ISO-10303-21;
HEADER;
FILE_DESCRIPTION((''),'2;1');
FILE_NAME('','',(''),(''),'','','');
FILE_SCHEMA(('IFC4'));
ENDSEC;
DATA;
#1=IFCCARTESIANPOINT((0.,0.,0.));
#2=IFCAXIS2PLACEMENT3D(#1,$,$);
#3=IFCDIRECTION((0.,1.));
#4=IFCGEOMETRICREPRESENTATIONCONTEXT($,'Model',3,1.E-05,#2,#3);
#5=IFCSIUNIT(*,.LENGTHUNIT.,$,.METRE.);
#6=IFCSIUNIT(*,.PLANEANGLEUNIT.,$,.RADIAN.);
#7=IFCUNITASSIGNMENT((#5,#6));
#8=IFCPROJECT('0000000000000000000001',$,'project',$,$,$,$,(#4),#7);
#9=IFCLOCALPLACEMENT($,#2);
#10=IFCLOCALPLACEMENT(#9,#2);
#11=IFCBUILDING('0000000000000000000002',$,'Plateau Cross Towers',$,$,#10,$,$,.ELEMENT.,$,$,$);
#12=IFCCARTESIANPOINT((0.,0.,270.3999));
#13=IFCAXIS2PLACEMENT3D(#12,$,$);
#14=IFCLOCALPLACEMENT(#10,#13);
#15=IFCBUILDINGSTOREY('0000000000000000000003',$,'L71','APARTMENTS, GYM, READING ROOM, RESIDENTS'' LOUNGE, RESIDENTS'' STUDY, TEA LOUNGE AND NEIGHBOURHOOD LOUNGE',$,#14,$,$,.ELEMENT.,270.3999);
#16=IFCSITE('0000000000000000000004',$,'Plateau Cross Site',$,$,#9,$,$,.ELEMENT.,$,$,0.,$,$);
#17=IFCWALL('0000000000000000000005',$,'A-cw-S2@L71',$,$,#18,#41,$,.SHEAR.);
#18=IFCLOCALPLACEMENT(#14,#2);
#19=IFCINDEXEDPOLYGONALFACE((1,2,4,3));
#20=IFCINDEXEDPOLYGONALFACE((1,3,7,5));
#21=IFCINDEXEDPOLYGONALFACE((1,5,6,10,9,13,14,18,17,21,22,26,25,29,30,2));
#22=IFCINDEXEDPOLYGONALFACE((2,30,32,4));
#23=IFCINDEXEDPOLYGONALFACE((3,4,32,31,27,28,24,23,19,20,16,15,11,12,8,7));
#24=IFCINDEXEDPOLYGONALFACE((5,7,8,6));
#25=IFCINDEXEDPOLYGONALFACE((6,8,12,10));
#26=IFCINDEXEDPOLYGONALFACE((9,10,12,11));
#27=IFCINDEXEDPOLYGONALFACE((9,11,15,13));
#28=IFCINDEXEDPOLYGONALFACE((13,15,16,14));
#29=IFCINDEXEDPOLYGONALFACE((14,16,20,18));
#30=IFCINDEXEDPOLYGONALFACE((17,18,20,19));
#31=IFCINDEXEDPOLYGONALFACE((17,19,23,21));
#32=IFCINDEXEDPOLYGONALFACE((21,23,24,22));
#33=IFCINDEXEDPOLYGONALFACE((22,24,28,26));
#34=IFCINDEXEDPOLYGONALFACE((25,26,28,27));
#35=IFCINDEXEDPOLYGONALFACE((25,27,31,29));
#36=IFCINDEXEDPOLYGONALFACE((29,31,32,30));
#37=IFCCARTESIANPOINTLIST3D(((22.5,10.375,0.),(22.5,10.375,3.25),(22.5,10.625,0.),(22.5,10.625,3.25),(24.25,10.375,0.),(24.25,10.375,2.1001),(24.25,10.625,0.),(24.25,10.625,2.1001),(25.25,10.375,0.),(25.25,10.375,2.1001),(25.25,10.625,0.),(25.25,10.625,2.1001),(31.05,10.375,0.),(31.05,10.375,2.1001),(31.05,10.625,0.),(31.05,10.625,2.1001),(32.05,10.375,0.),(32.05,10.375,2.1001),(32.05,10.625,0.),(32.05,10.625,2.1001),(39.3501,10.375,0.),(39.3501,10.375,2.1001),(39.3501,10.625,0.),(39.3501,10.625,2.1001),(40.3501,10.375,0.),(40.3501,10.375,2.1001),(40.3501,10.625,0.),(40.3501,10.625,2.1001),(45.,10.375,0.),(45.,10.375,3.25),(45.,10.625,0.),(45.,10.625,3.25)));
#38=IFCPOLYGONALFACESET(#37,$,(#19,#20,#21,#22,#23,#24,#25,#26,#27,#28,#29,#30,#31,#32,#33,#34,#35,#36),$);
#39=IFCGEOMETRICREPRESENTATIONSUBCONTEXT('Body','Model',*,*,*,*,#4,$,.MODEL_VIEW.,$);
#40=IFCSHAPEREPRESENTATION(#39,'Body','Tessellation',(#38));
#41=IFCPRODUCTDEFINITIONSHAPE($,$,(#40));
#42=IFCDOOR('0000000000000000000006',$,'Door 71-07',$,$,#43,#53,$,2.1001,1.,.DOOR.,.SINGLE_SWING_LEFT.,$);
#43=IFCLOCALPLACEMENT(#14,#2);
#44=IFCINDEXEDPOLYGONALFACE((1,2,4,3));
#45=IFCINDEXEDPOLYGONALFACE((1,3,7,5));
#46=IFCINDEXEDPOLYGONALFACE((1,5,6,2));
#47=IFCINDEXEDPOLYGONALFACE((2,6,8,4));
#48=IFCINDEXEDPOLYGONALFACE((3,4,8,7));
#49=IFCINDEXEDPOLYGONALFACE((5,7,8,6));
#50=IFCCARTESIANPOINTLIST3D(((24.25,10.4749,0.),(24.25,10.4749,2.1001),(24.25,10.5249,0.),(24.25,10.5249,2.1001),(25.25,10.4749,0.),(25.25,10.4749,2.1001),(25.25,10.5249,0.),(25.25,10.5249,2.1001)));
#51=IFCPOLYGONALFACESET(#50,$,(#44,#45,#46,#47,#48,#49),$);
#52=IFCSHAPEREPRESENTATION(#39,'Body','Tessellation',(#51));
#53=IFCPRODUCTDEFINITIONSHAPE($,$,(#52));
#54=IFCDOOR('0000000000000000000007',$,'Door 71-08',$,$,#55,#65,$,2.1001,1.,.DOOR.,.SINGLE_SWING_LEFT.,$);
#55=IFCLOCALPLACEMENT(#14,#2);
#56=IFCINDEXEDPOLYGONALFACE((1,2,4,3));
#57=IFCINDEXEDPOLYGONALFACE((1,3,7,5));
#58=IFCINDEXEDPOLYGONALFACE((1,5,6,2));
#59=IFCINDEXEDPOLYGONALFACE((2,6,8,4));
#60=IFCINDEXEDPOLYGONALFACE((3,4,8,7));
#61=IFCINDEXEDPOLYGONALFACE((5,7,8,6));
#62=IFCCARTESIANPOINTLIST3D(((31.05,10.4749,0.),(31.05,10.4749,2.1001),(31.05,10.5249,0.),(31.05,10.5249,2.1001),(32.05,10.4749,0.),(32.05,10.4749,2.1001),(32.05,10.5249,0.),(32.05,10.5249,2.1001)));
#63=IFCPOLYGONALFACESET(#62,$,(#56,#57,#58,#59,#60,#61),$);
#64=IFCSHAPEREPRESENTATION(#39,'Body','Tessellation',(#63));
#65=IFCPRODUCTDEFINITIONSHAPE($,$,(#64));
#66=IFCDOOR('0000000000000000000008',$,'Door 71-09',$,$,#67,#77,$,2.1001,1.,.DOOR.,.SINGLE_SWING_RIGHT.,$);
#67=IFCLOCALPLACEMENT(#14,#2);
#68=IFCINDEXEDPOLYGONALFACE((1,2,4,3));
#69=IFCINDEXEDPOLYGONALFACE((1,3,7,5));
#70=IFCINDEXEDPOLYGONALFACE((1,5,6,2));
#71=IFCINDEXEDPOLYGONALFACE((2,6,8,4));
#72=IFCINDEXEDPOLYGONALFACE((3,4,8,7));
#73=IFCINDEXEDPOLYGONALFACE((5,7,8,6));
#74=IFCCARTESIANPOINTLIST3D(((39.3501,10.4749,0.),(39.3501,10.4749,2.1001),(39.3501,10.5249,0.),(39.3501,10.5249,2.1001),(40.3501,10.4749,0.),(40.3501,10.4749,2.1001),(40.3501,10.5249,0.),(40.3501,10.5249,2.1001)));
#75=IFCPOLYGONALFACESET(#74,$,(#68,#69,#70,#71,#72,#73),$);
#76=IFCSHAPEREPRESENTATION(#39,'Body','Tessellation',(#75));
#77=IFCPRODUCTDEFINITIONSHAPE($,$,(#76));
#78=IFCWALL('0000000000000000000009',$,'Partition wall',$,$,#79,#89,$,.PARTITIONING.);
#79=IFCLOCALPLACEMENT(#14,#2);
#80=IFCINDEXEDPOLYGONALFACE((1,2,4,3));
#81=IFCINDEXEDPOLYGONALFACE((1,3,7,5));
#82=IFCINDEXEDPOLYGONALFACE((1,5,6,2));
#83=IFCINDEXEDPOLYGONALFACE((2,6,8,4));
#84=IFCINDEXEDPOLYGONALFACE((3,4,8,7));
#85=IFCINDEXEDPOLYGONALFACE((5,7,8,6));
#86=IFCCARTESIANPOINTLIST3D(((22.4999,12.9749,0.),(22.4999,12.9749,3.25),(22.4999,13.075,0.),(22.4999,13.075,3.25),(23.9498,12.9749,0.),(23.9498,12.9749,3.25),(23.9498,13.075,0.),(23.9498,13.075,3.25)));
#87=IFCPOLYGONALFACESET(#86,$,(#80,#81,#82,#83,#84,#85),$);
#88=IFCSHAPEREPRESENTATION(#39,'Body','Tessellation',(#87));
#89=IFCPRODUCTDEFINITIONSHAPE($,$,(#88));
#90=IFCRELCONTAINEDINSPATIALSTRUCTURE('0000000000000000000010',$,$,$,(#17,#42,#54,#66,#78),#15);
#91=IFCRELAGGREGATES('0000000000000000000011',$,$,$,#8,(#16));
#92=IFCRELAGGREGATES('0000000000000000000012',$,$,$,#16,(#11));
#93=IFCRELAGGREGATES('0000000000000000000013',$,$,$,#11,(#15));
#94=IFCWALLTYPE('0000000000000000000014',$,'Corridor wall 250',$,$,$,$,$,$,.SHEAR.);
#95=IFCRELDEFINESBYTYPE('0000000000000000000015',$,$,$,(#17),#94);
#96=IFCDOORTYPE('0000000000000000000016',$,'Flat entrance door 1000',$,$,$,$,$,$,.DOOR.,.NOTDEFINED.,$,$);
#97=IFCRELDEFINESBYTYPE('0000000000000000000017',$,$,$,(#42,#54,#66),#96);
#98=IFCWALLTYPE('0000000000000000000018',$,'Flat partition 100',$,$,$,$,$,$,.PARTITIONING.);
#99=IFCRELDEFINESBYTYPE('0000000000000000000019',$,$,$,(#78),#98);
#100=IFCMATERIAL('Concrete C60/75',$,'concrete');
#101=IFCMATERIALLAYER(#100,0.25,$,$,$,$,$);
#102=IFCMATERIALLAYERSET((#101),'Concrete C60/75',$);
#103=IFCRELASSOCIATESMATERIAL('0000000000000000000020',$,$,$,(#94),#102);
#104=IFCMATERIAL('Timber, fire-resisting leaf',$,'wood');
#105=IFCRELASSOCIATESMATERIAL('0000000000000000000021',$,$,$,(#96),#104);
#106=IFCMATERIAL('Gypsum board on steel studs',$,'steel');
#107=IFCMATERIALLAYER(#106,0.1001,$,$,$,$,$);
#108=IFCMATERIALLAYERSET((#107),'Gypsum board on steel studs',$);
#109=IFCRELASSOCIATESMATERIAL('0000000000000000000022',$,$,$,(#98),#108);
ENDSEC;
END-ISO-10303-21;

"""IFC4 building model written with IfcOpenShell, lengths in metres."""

from ifc_helpers import new_model, si_unit, direction, frame, frame_2d, origin, place, context, subcontext, project, spatial, rectangle, extrude, material, layer, layer_set, type_object, element, fill, save


model = new_model("IFC4")

# Units and contexts
model_context = context("Model", 3, precision=1e-05, world=origin(), true_north=direction((0.0, 1.0)))
body_context = subcontext(model_context, "Body", "Model", "MODEL_VIEW")
ifc_project = project(units=[si_unit("LENGTHUNIT", "METRE"), si_unit("PLANEANGLEUNIT", "RADIAN")], contexts=[model_context])

# Site, building, storey
site_placement = place(None, origin())
site = spatial("IfcSite", under=ifc_project, at=site_placement, Name="Plateau Cross Site", CompositionType="ELEMENT", RefElevation=0.0)
building_placement = place(site_placement, origin())
building = spatial("IfcBuilding", under=site, at=building_placement, Name="Plateau Cross Towers", CompositionType="ELEMENT")
storey_placement = place(building_placement, frame((0.0, 0.0, 270.3999)))
storey = spatial("IfcBuildingStorey", under=building, at=storey_placement, Name="L71", Description="APARTMENTS, GYM, READING ROOM, RESIDENTS' LOUNGE, RESIDENTS' STUDY, TEA LOUNGE AND NEIGHBOURHOOD LOUNGE", CompositionType="ELEMENT", Elevation=270.3999)

# Shared definitions
ifc_material_1 = material(Name="Concrete C60/75", Category="concrete")

# Wall, openings, doors
ifc_layer_1 = layer(ifc_material_1, 0.25)
ifc_layer_set_1 = layer_set([ifc_layer_1], Name="Concrete C60/75")
wall_type_1 = type_object("IfcWallType", Name="Corridor wall 250", PredefinedType="SHEAR", material=ifc_layer_set_1)
ifc_material_2 = material(Name="Timber, fire-resisting leaf", Category="wood")
door_type_1 = type_object("IfcDoorType", Name="Flat entrance door 1000", OperationType="NOTDEFINED", PredefinedType="DOOR", material=ifc_material_2)
wall_1_placement = place(storey_placement, frame((22.5, 10.5, 0.0), z_axis=(0.0, 0.0, 1.0), x_axis=(1.0, 0.0, 0.0)))
wall_1 = element("IfcWall", 1, at=wall_1_placement, inside=storey, type_object=wall_type_1, Name="A-cw-S2@L71", PredefinedType="SHEAR", context=body_context, shape_type="SweptSolid", body=[
    extrude(rectangle(XDim=22.5, YDim=0.25, at=frame_2d((11.25, 0.0))), origin(), (0.0, 0.0, 1.0), 3.25),
])
opening_1_placement = place(wall_1_placement, frame((1.75, 0.0, 0.0)))
opening_1 = element("IfcOpeningElement", 2, at=opening_1_placement, cuts=wall_1, PredefinedType="OPENING", context=body_context, shape_type="SweptSolid", body=[
    extrude(rectangle(XDim=1.0, YDim=2.1001, at=frame_2d((0.5, 1.05))), frame((0.0, 0.135, 0.0), z_axis=(0.0, -1.0, 0.0), x_axis=(1.0, 0.0, 0.0)), (0.0, 0.0, 1.0), 0.27),
])
opening_2_placement = place(wall_1_placement, frame((8.55, 0.0, 0.0)))
opening_2 = element("IfcOpeningElement", 3, at=opening_2_placement, cuts=wall_1, PredefinedType="OPENING", context=body_context, shape_type="SweptSolid", body=[
    extrude(rectangle(XDim=1.0, YDim=2.1001, at=frame_2d((0.5, 1.05))), frame((0.0, 0.135, 0.0), z_axis=(0.0, -1.0, 0.0), x_axis=(1.0, 0.0, 0.0)), (0.0, 0.0, 1.0), 0.27),
])
opening_3_placement = place(wall_1_placement, frame((16.8501, 0.0, 0.0)))
opening_3 = element("IfcOpeningElement", 4, at=opening_3_placement, cuts=wall_1, PredefinedType="OPENING", context=body_context, shape_type="SweptSolid", body=[
    extrude(rectangle(XDim=1.0, YDim=2.1001, at=frame_2d((0.5, 1.05))), frame((0.0, 0.135, 0.0), z_axis=(0.0, -1.0, 0.0), x_axis=(1.0, 0.0, 0.0)), (0.0, 0.0, 1.0), 0.27),
])
door_1_placement = place(opening_1_placement, origin())
door_1 = element("IfcDoor", 5, at=door_1_placement, inside=storey, type_object=door_type_1, Name="Door 71-07", OperationType="SINGLE_SWING_LEFT", OverallHeight=2.1001, OverallWidth=1.0, PredefinedType="DOOR", context=body_context, shape_type="SweptSolid", body=[
    extrude(rectangle(XDim=1.0, YDim=2.1001, at=frame_2d((0.5, 1.05))), frame((0.0, 0.0249, 0.0), z_axis=(0.0, -1.0, 0.0), x_axis=(1.0, 0.0, 0.0)), (0.0, 0.0, 1.0), 0.05),
])
fill(opening_1, door_1)
door_2_placement = place(opening_2_placement, origin())
door_2 = element("IfcDoor", 6, at=door_2_placement, inside=storey, type_object=door_type_1, Name="Door 71-08", OperationType="SINGLE_SWING_LEFT", OverallHeight=2.1001, OverallWidth=1.0, PredefinedType="DOOR", context=body_context, shape_type="SweptSolid", body=[
    extrude(rectangle(XDim=1.0, YDim=2.1001, at=frame_2d((0.5, 1.05))), frame((0.0, 0.0249, 0.0), z_axis=(0.0, -1.0, 0.0), x_axis=(1.0, 0.0, 0.0)), (0.0, 0.0, 1.0), 0.05),
])
fill(opening_2, door_2)
door_3_placement = place(opening_3_placement, origin())
door_3 = element("IfcDoor", 7, at=door_3_placement, inside=storey, type_object=door_type_1, Name="Door 71-09", OperationType="SINGLE_SWING_RIGHT", OverallHeight=2.1001, OverallWidth=1.0, PredefinedType="DOOR", context=body_context, shape_type="SweptSolid", body=[
    extrude(rectangle(XDim=1.0, YDim=2.1001, at=frame_2d((0.5, 1.05))), frame((0.0, 0.0249, 0.0), z_axis=(0.0, -1.0, 0.0), x_axis=(1.0, 0.0, 0.0)), (0.0, 0.0, 1.0), 0.05),
])
fill(opening_3, door_3)

# Wall
ifc_material_3 = material(Name="Gypsum board on steel studs", Category="steel")
ifc_layer_2 = layer(ifc_material_3, 0.1001)
ifc_layer_set_2 = layer_set([ifc_layer_2], Name="Gypsum board on steel studs")
wall_type_2 = type_object("IfcWallType", Name="Flat partition 100", PredefinedType="PARTITIONING", material=ifc_layer_set_2)
wall_2_placement = place(storey_placement, frame((23.95, 13.0249, 0.0), z_axis=(0.0, 0.0, 1.0), x_axis=(-1.0, 0.0, 0.0)))
element("IfcWall", 8, at=wall_2_placement, inside=storey, type_object=wall_type_2, Name="Partition wall", PredefinedType="PARTITIONING", context=body_context, shape_type="SweptSolid", body=[
    extrude(rectangle(XDim=1.45, YDim=0.1001, at=frame_2d((0.7251, 0.0))), origin(), (0.0, 0.0, 1.0), 3.25),
])

save(model, "model.ifc")
